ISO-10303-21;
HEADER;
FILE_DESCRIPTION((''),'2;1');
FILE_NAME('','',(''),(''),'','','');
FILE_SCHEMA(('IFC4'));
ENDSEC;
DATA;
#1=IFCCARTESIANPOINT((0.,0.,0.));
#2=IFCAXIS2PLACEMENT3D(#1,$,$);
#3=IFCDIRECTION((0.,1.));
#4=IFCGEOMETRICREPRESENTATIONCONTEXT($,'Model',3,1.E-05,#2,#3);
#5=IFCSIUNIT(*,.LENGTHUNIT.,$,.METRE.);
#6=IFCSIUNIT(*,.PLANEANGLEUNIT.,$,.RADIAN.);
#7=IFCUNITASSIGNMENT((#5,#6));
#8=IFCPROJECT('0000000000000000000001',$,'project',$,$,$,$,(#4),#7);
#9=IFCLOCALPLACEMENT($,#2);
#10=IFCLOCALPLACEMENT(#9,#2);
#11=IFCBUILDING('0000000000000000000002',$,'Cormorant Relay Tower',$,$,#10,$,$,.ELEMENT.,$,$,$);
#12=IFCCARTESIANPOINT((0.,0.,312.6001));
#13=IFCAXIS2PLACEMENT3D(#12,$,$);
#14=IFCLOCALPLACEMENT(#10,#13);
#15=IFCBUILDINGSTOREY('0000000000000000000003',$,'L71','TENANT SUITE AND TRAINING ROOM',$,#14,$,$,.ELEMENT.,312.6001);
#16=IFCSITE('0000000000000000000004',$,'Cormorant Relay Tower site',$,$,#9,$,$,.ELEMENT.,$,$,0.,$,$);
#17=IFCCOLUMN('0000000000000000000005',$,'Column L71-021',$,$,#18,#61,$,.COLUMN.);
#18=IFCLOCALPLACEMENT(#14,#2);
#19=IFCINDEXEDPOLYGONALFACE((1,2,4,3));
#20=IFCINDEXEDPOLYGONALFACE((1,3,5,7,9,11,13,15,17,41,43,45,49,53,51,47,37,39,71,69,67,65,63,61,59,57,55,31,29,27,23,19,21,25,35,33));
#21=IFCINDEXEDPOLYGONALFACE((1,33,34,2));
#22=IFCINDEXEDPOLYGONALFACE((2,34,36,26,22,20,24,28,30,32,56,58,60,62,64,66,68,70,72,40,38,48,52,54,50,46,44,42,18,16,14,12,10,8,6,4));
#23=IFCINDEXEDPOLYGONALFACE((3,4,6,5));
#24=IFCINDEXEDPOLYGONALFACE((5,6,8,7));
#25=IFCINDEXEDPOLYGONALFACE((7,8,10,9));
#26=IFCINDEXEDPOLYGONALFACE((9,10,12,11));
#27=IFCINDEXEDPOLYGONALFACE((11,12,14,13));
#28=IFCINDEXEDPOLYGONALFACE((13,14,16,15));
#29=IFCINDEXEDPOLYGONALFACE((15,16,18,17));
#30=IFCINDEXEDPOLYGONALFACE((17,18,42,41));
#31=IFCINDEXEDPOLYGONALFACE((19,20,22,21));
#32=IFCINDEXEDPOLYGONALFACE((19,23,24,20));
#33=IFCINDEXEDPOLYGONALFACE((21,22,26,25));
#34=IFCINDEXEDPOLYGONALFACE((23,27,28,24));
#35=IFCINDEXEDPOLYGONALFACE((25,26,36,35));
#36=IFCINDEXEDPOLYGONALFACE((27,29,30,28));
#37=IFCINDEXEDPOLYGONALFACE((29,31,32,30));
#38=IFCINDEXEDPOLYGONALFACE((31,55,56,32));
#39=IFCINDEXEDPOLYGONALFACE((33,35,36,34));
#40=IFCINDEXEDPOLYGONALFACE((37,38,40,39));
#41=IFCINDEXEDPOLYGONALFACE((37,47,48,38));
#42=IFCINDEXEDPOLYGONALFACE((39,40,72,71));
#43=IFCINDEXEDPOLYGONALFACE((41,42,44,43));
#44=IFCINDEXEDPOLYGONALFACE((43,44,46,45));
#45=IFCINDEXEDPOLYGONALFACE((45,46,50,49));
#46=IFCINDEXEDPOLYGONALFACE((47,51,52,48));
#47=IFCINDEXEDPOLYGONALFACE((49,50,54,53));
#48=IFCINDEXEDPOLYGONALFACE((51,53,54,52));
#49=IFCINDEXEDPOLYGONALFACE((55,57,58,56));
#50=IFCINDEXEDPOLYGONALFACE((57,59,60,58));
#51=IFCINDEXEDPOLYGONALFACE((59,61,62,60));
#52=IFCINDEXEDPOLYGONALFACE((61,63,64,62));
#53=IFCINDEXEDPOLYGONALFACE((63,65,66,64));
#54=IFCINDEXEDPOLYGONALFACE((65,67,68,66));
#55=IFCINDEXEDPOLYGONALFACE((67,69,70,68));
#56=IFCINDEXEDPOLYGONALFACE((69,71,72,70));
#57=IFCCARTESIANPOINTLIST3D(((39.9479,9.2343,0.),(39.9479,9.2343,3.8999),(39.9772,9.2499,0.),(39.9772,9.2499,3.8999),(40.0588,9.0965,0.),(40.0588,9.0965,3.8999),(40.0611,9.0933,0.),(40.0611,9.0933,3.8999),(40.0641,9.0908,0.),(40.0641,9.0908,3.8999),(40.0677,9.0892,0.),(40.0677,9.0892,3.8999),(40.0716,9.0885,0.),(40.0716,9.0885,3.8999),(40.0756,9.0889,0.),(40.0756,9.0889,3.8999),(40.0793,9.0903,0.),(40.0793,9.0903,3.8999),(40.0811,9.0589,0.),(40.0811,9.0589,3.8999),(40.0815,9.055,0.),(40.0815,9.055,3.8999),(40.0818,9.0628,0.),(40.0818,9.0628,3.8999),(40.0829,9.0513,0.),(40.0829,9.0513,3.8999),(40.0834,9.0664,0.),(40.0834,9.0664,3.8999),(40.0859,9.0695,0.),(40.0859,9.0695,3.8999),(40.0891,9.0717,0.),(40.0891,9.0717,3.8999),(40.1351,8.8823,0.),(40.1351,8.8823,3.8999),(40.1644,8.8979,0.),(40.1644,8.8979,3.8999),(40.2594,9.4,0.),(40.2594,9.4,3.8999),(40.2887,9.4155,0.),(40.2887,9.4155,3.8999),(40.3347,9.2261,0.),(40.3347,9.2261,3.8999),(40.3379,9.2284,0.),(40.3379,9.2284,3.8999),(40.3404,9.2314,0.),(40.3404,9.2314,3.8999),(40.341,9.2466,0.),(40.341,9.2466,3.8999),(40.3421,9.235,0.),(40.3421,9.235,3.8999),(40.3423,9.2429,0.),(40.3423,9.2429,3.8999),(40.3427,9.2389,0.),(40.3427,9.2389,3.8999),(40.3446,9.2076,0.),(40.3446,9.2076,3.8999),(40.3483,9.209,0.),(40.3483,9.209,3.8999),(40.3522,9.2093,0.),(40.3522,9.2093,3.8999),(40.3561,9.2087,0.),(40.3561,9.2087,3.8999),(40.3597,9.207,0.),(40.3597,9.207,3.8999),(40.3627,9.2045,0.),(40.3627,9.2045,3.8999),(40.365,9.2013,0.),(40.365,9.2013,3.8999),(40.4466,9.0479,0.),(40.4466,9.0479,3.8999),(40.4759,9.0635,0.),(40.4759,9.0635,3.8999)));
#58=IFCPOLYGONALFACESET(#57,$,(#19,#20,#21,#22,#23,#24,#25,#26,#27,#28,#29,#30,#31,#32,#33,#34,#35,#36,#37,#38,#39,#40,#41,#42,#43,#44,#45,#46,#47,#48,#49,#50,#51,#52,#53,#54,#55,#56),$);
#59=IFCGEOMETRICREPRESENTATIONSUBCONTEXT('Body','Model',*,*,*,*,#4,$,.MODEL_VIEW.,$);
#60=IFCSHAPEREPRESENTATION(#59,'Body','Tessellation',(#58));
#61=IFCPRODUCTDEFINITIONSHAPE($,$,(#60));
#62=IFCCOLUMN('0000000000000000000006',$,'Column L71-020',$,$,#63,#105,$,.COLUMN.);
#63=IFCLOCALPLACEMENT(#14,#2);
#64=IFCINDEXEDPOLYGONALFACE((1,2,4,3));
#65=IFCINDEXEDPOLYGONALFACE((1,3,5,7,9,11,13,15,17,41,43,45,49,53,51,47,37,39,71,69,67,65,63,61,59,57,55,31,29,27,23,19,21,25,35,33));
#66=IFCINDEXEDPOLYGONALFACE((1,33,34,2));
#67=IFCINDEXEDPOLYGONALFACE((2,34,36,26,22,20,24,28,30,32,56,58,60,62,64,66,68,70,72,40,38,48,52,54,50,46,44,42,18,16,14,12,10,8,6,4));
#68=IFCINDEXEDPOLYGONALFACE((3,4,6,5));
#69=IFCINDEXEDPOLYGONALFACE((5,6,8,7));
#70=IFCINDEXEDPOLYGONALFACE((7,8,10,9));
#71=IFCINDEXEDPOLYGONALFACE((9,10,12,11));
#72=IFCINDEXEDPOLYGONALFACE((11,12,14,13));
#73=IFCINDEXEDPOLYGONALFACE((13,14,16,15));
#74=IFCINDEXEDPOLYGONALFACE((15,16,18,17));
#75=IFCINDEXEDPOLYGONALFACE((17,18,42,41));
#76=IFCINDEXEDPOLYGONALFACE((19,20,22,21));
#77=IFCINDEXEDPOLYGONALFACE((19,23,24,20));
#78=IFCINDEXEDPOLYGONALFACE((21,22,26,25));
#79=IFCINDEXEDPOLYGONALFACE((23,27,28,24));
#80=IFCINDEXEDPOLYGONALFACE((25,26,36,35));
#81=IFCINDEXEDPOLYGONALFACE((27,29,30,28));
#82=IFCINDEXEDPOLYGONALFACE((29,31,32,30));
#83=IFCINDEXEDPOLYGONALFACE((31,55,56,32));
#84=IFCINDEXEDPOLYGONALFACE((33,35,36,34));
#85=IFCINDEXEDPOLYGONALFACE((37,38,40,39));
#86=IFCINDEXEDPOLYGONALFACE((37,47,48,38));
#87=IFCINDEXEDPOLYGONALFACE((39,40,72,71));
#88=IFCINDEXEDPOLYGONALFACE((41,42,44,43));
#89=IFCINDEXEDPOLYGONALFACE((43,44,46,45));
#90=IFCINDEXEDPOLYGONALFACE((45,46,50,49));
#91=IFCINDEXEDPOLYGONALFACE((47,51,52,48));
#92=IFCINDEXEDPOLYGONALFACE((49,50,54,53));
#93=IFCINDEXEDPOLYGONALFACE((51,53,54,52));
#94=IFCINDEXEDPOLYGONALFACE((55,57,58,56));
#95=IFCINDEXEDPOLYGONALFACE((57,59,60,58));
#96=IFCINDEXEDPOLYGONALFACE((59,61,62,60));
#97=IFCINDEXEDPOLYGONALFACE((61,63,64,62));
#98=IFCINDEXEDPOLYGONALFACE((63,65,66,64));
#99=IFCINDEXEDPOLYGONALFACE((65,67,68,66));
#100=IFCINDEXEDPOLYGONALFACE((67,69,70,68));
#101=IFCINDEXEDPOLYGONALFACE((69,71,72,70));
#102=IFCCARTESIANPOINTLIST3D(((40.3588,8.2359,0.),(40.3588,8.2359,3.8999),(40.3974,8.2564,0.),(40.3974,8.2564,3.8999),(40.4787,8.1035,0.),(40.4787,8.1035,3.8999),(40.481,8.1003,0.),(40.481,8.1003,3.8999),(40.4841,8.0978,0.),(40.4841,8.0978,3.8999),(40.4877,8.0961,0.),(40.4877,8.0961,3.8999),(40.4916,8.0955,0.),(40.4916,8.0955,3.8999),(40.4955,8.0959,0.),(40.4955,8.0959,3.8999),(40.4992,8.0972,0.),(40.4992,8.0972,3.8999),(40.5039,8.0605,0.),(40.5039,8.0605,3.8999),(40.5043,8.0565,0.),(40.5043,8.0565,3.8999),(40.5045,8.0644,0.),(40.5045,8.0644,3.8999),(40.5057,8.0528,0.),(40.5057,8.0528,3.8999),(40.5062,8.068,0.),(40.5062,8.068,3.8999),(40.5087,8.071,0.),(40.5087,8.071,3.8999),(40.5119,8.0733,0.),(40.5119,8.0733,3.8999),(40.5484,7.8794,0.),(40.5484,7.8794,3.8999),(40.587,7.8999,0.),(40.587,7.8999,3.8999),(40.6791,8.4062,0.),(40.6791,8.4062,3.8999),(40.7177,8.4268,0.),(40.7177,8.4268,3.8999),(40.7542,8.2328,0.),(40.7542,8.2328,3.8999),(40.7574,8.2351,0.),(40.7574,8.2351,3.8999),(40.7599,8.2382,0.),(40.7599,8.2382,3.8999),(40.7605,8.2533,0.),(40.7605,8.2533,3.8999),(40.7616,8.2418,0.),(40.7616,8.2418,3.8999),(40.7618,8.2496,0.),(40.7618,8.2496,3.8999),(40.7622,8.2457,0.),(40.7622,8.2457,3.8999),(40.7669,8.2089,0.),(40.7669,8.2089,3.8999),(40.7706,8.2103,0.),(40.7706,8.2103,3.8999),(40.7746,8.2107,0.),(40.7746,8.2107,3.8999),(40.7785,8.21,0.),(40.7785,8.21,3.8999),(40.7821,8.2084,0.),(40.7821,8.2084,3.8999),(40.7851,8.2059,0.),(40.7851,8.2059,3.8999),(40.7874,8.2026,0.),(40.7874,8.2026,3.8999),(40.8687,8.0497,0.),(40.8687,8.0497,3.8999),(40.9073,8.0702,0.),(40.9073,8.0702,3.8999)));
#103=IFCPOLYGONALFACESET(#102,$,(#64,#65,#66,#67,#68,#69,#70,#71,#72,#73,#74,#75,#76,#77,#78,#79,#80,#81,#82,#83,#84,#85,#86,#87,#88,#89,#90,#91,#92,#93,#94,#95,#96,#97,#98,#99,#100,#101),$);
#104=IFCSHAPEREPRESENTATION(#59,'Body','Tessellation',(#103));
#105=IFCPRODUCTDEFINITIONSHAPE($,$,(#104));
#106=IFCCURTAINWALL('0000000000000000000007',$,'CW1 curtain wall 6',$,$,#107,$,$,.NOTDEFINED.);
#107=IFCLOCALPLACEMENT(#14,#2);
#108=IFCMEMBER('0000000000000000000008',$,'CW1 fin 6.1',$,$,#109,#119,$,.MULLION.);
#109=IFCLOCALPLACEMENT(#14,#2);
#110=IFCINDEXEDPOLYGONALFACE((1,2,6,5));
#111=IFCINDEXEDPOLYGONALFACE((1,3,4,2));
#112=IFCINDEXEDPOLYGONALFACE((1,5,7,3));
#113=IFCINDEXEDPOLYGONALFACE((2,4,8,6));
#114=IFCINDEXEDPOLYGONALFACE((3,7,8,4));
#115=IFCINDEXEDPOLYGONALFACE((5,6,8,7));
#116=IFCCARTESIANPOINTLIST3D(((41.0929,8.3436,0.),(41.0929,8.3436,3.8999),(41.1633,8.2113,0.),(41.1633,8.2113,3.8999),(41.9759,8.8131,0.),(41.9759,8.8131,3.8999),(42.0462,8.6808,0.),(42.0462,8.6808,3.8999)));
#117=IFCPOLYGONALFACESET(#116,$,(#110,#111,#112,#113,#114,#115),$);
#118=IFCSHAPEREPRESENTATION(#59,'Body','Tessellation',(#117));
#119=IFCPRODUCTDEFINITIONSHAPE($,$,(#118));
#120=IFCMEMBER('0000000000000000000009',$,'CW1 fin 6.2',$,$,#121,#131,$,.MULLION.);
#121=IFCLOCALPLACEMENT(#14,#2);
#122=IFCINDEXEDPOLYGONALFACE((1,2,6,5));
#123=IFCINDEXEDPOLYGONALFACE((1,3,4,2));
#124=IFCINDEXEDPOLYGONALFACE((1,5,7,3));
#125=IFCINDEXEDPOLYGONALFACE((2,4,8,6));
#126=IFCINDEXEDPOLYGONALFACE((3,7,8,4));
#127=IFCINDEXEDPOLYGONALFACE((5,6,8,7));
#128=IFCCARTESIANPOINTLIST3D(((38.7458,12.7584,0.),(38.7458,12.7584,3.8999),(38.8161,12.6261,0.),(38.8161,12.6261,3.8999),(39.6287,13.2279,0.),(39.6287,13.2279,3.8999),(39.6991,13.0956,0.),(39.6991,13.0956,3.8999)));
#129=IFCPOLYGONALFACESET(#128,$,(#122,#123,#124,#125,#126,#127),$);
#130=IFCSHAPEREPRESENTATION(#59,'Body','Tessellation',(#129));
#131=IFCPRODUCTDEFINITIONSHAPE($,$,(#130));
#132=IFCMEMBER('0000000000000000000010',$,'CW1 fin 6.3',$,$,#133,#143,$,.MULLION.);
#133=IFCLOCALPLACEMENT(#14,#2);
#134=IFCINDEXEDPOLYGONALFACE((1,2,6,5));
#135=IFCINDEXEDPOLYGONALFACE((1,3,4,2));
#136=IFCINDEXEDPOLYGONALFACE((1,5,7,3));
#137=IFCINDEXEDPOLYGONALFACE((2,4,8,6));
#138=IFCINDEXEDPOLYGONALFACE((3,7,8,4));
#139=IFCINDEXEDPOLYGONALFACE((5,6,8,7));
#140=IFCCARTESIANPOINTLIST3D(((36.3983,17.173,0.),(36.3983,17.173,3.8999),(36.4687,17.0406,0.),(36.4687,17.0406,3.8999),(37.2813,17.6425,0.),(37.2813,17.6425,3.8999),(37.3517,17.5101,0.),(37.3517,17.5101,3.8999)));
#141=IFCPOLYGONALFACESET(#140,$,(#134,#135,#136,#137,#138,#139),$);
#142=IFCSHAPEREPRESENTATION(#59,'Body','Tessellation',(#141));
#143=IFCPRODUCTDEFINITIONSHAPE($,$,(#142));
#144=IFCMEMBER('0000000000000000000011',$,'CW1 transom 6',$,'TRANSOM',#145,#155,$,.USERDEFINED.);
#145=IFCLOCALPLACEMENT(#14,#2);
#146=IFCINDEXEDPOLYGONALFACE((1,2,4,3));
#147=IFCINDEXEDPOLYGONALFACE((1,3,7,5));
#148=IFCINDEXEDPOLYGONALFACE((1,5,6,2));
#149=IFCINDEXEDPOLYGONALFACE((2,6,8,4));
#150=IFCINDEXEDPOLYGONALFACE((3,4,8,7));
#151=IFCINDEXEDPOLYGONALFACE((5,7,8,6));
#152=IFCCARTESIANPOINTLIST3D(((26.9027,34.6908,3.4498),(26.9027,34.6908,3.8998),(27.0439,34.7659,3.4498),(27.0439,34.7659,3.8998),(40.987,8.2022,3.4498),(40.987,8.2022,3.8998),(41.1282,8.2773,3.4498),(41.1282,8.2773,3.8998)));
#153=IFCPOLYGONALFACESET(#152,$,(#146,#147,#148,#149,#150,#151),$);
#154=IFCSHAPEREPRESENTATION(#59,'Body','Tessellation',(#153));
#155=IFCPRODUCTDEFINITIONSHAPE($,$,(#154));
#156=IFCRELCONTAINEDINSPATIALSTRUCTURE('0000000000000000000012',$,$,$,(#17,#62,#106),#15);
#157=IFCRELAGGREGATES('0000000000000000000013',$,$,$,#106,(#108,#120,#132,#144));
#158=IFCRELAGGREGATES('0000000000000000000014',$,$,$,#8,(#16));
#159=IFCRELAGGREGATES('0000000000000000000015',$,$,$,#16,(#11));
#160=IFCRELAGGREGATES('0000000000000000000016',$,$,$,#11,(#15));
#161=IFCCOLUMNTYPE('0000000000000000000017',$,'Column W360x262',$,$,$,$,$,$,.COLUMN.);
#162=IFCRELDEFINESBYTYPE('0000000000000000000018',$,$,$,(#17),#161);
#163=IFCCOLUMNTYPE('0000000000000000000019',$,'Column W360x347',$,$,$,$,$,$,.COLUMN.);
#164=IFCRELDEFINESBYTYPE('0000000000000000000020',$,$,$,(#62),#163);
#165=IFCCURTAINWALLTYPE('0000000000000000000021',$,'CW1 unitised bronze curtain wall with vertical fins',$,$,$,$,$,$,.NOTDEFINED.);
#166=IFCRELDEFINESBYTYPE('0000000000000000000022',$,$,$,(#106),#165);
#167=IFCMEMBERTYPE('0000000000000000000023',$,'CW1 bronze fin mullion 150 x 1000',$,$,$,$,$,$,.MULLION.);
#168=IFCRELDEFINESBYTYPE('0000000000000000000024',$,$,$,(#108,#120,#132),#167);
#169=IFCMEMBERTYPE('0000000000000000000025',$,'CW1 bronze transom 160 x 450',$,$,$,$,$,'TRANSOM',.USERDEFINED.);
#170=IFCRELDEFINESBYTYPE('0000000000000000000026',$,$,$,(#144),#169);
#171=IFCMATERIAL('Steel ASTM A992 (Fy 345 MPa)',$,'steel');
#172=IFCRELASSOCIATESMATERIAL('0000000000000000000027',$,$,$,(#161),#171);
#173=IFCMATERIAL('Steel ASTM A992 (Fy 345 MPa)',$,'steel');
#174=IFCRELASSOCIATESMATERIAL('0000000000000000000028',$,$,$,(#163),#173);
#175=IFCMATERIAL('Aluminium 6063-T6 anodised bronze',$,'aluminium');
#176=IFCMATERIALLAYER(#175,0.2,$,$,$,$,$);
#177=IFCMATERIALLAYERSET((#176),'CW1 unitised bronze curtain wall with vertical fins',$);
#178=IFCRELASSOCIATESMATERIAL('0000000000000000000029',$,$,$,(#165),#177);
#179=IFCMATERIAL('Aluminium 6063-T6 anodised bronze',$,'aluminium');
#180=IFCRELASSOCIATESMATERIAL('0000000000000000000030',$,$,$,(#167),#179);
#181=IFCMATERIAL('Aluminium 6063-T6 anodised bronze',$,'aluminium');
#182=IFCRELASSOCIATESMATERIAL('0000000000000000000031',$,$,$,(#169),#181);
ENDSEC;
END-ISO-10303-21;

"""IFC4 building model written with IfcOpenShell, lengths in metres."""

from ifc_helpers import new_model, si_unit, direction, frame, origin, origin_2d, place, context, subcontext, project, spatial, rectangle, i_section, extrude, material, layer, layer_set, material_profile, profile_set, type_object, element, aggregate, save


model = new_model("IFC4")

# Units and contexts
model_context = context("Model", 3, precision=1e-05, world=origin(), true_north=direction((0.0, 1.0)))
body_context = subcontext(model_context, "Body", "Model", "MODEL_VIEW")
ifc_project = project(units=[si_unit("LENGTHUNIT", "METRE"), si_unit("PLANEANGLEUNIT", "RADIAN")], contexts=[model_context])

# Site, building, storey
site_placement = place(None, origin())
site = spatial("IfcSite", under=ifc_project, at=site_placement, Name="Cormorant Relay Tower site", CompositionType="ELEMENT", RefElevation=0.0)
building_placement = place(site_placement, origin())
building = spatial("IfcBuilding", under=site, at=building_placement, Name="Cormorant Relay Tower", CompositionType="ELEMENT")
storey_placement = place(building_placement, frame((0.0, 0.0, 312.6001)))
storey = spatial("IfcBuildingStorey", under=building, at=storey_placement, Name="L71", Description="TENANT SUITE AND TRAINING ROOM", CompositionType="ELEMENT", Elevation=312.6001)

# Columns
ifc_material_1 = material(Name="Steel ASTM A992 (Fy 345 MPa)", Category="steel")
ifc_material_profile_1 = material_profile(ifc_material_1, i_section(OverallWidth=0.3987, OverallDepth=0.386, WebThickness=0.021, FlangeThickness=0.0332, FilletRadius=0.0151, at=origin_2d()), Name="W360x262")
ifc_profile_set_1 = profile_set([ifc_material_profile_1], Name="Steel ASTM A992 (Fy 345 MPa)")
column_type_1 = type_object("IfcColumnType", Name="Column W360x262", PredefinedType="COLUMN", material=ifc_profile_set_1)
column_1_placement = place(storey_placement, frame((40.2119, 9.1489, 0.0), z_axis=(0.0, 0.0, 1.0), x_axis=(-0.469472, 0.882948, 0.0)))
element("IfcColumn", 1, at=column_1_placement, inside=storey, type_object=column_type_1, Name="Column L71-021", PredefinedType="COLUMN", context=body_context, shape_type="SweptSolid", body=[
    extrude(i_section(OverallWidth=0.3987, OverallDepth=0.386, WebThickness=0.021, FlangeThickness=0.0332, FilletRadius=0.0151, at=origin_2d()), origin(), (0.0, 0.0, 1.0), 3.8999),
])
ifc_material_2 = material(Name="Steel ASTM A992 (Fy 345 MPa)", Category="steel")
ifc_material_profile_2 = material_profile(ifc_material_2, i_section(OverallWidth=0.4038, OverallDepth=0.4065, WebThickness=0.0271, FlangeThickness=0.0437, FilletRadius=0.0151, at=origin_2d()), Name="W360x347")
ifc_profile_set_2 = profile_set([ifc_material_profile_2], Name="Steel ASTM A992 (Fy 345 MPa)")
column_type_2 = type_object("IfcColumnType", Name="Column W360x347", PredefinedType="COLUMN", material=ifc_profile_set_2)
column_2_placement = place(storey_placement, frame((40.6331, 8.1531, 0.0), z_axis=(0.0, 0.0, 1.0), x_axis=(-0.469472, 0.882948, 0.0)))
element("IfcColumn", 2, at=column_2_placement, inside=storey, type_object=column_type_2, Name="Column L71-020", PredefinedType="COLUMN", context=body_context, shape_type="SweptSolid", body=[
    extrude(i_section(OverallWidth=0.4038, OverallDepth=0.4065, WebThickness=0.0271, FlangeThickness=0.0437, FilletRadius=0.0151, at=origin_2d()), origin(), (0.0, 0.0, 1.0), 3.8999),
])

# Curtain wall, members
ifc_material_3 = material(Name="Aluminium 6063-T6 anodised bronze", Category="aluminium")
ifc_layer_1 = layer(ifc_material_3, 0.2)
ifc_layer_set_1 = layer_set([ifc_layer_1], Name="CW1 unitised bronze curtain wall with vertical fins")
curtain_wall_type = type_object("IfcCurtainWallType", Name="CW1 unitised bronze curtain wall with vertical fins", PredefinedType="NOTDEFINED", material=ifc_layer_set_1)
curtain_wall_1_placement = place(storey_placement, origin())
curtain_wall_1 = element("IfcCurtainWall", 3, at=curtain_wall_1_placement, inside=storey, type_object=curtain_wall_type, Name="CW1 curtain wall 6", PredefinedType="NOTDEFINED")
ifc_material_4 = material(Name="Aluminium 6063-T6 anodised bronze", Category="aluminium")
ifc_material_profile_3 = material_profile(ifc_material_4, rectangle(XDim=0.1499, YDim=1.0, at=origin_2d()), Name="AL 150x1000")
ifc_profile_set_3 = profile_set([ifc_material_profile_3], Name="Aluminium 6063-T6 anodised bronze")
member_type_1 = type_object("IfcMemberType", Name="CW1 bronze fin mullion 150 x 1000", PredefinedType="MULLION", material=ifc_profile_set_3)
member_1_placement = place(storey_placement, frame((41.5696, 8.5122, 0.0), z_axis=(0.0, 0.0, 1.0), x_axis=(-0.469472, 0.882948, 0.0)))
member_1 = element("IfcMember", 4, at=member_1_placement, type_object=member_type_1, Name="CW1 fin 6.1", PredefinedType="MULLION", context=body_context, shape_type="SweptSolid", body=[
    extrude(rectangle(XDim=0.1499, YDim=1.0, at=origin_2d()), origin(), (0.0, 0.0, 1.0), 3.8999),
])
member_2_placement = place(storey_placement, frame((39.2224, 12.927, 0.0), z_axis=(0.0, 0.0, 1.0), x_axis=(-0.469472, 0.882948, 0.0)))
member_2 = element("IfcMember", 5, at=member_2_placement, type_object=member_type_1, Name="CW1 fin 6.2", PredefinedType="MULLION", context=body_context, shape_type="SweptSolid", body=[
    extrude(rectangle(XDim=0.1499, YDim=1.0, at=origin_2d()), origin(), (0.0, 0.0, 1.0), 3.8999),
])
member_3_placement = place(storey_placement, frame((36.875, 17.3416, 0.0), z_axis=(0.0, 0.0, 1.0), x_axis=(-0.469472, 0.882948, 0.0)))
member_3 = element("IfcMember", 6, at=member_3_placement, type_object=member_type_1, Name="CW1 fin 6.3", PredefinedType="MULLION", context=body_context, shape_type="SweptSolid", body=[
    extrude(rectangle(XDim=0.1499, YDim=1.0, at=origin_2d()), origin(), (0.0, 0.0, 1.0), 3.8999),
])
ifc_material_5 = material(Name="Aluminium 6063-T6 anodised bronze", Category="aluminium")
ifc_material_profile_4 = material_profile(ifc_material_5, rectangle(XDim=0.1599, YDim=0.45, at=origin_2d()), Name="AL 160x450")
ifc_profile_set_4 = profile_set([ifc_material_profile_4], Name="Aluminium 6063-T6 anodised bronze")
member_type_2 = type_object("IfcMemberType", Name="CW1 bronze transom 160 x 450", ElementType="TRANSOM", PredefinedType="USERDEFINED", material=ifc_profile_set_4)
member_4_placement = place(storey_placement, frame((41.0576, 8.2397, 3.6748), z_axis=(-0.469472, 0.882947, 0.0), x_axis=(-0.882947, -0.469472, 0.0)))
member_4 = element("IfcMember", 7, at=member_4_placement, type_object=member_type_2, Name="CW1 transom 6", ObjectType="TRANSOM", PredefinedType="USERDEFINED", context=body_context, shape_type="SweptSolid", body=[
    extrude(rectangle(XDim=0.1599, YDim=0.45, at=origin_2d()), origin(), (0.0, 0.0, 1.0), 30.0002),
])

aggregate(curtain_wall_1, [member_1, member_2, member_3, member_4])

save(model, "model.ifc")
